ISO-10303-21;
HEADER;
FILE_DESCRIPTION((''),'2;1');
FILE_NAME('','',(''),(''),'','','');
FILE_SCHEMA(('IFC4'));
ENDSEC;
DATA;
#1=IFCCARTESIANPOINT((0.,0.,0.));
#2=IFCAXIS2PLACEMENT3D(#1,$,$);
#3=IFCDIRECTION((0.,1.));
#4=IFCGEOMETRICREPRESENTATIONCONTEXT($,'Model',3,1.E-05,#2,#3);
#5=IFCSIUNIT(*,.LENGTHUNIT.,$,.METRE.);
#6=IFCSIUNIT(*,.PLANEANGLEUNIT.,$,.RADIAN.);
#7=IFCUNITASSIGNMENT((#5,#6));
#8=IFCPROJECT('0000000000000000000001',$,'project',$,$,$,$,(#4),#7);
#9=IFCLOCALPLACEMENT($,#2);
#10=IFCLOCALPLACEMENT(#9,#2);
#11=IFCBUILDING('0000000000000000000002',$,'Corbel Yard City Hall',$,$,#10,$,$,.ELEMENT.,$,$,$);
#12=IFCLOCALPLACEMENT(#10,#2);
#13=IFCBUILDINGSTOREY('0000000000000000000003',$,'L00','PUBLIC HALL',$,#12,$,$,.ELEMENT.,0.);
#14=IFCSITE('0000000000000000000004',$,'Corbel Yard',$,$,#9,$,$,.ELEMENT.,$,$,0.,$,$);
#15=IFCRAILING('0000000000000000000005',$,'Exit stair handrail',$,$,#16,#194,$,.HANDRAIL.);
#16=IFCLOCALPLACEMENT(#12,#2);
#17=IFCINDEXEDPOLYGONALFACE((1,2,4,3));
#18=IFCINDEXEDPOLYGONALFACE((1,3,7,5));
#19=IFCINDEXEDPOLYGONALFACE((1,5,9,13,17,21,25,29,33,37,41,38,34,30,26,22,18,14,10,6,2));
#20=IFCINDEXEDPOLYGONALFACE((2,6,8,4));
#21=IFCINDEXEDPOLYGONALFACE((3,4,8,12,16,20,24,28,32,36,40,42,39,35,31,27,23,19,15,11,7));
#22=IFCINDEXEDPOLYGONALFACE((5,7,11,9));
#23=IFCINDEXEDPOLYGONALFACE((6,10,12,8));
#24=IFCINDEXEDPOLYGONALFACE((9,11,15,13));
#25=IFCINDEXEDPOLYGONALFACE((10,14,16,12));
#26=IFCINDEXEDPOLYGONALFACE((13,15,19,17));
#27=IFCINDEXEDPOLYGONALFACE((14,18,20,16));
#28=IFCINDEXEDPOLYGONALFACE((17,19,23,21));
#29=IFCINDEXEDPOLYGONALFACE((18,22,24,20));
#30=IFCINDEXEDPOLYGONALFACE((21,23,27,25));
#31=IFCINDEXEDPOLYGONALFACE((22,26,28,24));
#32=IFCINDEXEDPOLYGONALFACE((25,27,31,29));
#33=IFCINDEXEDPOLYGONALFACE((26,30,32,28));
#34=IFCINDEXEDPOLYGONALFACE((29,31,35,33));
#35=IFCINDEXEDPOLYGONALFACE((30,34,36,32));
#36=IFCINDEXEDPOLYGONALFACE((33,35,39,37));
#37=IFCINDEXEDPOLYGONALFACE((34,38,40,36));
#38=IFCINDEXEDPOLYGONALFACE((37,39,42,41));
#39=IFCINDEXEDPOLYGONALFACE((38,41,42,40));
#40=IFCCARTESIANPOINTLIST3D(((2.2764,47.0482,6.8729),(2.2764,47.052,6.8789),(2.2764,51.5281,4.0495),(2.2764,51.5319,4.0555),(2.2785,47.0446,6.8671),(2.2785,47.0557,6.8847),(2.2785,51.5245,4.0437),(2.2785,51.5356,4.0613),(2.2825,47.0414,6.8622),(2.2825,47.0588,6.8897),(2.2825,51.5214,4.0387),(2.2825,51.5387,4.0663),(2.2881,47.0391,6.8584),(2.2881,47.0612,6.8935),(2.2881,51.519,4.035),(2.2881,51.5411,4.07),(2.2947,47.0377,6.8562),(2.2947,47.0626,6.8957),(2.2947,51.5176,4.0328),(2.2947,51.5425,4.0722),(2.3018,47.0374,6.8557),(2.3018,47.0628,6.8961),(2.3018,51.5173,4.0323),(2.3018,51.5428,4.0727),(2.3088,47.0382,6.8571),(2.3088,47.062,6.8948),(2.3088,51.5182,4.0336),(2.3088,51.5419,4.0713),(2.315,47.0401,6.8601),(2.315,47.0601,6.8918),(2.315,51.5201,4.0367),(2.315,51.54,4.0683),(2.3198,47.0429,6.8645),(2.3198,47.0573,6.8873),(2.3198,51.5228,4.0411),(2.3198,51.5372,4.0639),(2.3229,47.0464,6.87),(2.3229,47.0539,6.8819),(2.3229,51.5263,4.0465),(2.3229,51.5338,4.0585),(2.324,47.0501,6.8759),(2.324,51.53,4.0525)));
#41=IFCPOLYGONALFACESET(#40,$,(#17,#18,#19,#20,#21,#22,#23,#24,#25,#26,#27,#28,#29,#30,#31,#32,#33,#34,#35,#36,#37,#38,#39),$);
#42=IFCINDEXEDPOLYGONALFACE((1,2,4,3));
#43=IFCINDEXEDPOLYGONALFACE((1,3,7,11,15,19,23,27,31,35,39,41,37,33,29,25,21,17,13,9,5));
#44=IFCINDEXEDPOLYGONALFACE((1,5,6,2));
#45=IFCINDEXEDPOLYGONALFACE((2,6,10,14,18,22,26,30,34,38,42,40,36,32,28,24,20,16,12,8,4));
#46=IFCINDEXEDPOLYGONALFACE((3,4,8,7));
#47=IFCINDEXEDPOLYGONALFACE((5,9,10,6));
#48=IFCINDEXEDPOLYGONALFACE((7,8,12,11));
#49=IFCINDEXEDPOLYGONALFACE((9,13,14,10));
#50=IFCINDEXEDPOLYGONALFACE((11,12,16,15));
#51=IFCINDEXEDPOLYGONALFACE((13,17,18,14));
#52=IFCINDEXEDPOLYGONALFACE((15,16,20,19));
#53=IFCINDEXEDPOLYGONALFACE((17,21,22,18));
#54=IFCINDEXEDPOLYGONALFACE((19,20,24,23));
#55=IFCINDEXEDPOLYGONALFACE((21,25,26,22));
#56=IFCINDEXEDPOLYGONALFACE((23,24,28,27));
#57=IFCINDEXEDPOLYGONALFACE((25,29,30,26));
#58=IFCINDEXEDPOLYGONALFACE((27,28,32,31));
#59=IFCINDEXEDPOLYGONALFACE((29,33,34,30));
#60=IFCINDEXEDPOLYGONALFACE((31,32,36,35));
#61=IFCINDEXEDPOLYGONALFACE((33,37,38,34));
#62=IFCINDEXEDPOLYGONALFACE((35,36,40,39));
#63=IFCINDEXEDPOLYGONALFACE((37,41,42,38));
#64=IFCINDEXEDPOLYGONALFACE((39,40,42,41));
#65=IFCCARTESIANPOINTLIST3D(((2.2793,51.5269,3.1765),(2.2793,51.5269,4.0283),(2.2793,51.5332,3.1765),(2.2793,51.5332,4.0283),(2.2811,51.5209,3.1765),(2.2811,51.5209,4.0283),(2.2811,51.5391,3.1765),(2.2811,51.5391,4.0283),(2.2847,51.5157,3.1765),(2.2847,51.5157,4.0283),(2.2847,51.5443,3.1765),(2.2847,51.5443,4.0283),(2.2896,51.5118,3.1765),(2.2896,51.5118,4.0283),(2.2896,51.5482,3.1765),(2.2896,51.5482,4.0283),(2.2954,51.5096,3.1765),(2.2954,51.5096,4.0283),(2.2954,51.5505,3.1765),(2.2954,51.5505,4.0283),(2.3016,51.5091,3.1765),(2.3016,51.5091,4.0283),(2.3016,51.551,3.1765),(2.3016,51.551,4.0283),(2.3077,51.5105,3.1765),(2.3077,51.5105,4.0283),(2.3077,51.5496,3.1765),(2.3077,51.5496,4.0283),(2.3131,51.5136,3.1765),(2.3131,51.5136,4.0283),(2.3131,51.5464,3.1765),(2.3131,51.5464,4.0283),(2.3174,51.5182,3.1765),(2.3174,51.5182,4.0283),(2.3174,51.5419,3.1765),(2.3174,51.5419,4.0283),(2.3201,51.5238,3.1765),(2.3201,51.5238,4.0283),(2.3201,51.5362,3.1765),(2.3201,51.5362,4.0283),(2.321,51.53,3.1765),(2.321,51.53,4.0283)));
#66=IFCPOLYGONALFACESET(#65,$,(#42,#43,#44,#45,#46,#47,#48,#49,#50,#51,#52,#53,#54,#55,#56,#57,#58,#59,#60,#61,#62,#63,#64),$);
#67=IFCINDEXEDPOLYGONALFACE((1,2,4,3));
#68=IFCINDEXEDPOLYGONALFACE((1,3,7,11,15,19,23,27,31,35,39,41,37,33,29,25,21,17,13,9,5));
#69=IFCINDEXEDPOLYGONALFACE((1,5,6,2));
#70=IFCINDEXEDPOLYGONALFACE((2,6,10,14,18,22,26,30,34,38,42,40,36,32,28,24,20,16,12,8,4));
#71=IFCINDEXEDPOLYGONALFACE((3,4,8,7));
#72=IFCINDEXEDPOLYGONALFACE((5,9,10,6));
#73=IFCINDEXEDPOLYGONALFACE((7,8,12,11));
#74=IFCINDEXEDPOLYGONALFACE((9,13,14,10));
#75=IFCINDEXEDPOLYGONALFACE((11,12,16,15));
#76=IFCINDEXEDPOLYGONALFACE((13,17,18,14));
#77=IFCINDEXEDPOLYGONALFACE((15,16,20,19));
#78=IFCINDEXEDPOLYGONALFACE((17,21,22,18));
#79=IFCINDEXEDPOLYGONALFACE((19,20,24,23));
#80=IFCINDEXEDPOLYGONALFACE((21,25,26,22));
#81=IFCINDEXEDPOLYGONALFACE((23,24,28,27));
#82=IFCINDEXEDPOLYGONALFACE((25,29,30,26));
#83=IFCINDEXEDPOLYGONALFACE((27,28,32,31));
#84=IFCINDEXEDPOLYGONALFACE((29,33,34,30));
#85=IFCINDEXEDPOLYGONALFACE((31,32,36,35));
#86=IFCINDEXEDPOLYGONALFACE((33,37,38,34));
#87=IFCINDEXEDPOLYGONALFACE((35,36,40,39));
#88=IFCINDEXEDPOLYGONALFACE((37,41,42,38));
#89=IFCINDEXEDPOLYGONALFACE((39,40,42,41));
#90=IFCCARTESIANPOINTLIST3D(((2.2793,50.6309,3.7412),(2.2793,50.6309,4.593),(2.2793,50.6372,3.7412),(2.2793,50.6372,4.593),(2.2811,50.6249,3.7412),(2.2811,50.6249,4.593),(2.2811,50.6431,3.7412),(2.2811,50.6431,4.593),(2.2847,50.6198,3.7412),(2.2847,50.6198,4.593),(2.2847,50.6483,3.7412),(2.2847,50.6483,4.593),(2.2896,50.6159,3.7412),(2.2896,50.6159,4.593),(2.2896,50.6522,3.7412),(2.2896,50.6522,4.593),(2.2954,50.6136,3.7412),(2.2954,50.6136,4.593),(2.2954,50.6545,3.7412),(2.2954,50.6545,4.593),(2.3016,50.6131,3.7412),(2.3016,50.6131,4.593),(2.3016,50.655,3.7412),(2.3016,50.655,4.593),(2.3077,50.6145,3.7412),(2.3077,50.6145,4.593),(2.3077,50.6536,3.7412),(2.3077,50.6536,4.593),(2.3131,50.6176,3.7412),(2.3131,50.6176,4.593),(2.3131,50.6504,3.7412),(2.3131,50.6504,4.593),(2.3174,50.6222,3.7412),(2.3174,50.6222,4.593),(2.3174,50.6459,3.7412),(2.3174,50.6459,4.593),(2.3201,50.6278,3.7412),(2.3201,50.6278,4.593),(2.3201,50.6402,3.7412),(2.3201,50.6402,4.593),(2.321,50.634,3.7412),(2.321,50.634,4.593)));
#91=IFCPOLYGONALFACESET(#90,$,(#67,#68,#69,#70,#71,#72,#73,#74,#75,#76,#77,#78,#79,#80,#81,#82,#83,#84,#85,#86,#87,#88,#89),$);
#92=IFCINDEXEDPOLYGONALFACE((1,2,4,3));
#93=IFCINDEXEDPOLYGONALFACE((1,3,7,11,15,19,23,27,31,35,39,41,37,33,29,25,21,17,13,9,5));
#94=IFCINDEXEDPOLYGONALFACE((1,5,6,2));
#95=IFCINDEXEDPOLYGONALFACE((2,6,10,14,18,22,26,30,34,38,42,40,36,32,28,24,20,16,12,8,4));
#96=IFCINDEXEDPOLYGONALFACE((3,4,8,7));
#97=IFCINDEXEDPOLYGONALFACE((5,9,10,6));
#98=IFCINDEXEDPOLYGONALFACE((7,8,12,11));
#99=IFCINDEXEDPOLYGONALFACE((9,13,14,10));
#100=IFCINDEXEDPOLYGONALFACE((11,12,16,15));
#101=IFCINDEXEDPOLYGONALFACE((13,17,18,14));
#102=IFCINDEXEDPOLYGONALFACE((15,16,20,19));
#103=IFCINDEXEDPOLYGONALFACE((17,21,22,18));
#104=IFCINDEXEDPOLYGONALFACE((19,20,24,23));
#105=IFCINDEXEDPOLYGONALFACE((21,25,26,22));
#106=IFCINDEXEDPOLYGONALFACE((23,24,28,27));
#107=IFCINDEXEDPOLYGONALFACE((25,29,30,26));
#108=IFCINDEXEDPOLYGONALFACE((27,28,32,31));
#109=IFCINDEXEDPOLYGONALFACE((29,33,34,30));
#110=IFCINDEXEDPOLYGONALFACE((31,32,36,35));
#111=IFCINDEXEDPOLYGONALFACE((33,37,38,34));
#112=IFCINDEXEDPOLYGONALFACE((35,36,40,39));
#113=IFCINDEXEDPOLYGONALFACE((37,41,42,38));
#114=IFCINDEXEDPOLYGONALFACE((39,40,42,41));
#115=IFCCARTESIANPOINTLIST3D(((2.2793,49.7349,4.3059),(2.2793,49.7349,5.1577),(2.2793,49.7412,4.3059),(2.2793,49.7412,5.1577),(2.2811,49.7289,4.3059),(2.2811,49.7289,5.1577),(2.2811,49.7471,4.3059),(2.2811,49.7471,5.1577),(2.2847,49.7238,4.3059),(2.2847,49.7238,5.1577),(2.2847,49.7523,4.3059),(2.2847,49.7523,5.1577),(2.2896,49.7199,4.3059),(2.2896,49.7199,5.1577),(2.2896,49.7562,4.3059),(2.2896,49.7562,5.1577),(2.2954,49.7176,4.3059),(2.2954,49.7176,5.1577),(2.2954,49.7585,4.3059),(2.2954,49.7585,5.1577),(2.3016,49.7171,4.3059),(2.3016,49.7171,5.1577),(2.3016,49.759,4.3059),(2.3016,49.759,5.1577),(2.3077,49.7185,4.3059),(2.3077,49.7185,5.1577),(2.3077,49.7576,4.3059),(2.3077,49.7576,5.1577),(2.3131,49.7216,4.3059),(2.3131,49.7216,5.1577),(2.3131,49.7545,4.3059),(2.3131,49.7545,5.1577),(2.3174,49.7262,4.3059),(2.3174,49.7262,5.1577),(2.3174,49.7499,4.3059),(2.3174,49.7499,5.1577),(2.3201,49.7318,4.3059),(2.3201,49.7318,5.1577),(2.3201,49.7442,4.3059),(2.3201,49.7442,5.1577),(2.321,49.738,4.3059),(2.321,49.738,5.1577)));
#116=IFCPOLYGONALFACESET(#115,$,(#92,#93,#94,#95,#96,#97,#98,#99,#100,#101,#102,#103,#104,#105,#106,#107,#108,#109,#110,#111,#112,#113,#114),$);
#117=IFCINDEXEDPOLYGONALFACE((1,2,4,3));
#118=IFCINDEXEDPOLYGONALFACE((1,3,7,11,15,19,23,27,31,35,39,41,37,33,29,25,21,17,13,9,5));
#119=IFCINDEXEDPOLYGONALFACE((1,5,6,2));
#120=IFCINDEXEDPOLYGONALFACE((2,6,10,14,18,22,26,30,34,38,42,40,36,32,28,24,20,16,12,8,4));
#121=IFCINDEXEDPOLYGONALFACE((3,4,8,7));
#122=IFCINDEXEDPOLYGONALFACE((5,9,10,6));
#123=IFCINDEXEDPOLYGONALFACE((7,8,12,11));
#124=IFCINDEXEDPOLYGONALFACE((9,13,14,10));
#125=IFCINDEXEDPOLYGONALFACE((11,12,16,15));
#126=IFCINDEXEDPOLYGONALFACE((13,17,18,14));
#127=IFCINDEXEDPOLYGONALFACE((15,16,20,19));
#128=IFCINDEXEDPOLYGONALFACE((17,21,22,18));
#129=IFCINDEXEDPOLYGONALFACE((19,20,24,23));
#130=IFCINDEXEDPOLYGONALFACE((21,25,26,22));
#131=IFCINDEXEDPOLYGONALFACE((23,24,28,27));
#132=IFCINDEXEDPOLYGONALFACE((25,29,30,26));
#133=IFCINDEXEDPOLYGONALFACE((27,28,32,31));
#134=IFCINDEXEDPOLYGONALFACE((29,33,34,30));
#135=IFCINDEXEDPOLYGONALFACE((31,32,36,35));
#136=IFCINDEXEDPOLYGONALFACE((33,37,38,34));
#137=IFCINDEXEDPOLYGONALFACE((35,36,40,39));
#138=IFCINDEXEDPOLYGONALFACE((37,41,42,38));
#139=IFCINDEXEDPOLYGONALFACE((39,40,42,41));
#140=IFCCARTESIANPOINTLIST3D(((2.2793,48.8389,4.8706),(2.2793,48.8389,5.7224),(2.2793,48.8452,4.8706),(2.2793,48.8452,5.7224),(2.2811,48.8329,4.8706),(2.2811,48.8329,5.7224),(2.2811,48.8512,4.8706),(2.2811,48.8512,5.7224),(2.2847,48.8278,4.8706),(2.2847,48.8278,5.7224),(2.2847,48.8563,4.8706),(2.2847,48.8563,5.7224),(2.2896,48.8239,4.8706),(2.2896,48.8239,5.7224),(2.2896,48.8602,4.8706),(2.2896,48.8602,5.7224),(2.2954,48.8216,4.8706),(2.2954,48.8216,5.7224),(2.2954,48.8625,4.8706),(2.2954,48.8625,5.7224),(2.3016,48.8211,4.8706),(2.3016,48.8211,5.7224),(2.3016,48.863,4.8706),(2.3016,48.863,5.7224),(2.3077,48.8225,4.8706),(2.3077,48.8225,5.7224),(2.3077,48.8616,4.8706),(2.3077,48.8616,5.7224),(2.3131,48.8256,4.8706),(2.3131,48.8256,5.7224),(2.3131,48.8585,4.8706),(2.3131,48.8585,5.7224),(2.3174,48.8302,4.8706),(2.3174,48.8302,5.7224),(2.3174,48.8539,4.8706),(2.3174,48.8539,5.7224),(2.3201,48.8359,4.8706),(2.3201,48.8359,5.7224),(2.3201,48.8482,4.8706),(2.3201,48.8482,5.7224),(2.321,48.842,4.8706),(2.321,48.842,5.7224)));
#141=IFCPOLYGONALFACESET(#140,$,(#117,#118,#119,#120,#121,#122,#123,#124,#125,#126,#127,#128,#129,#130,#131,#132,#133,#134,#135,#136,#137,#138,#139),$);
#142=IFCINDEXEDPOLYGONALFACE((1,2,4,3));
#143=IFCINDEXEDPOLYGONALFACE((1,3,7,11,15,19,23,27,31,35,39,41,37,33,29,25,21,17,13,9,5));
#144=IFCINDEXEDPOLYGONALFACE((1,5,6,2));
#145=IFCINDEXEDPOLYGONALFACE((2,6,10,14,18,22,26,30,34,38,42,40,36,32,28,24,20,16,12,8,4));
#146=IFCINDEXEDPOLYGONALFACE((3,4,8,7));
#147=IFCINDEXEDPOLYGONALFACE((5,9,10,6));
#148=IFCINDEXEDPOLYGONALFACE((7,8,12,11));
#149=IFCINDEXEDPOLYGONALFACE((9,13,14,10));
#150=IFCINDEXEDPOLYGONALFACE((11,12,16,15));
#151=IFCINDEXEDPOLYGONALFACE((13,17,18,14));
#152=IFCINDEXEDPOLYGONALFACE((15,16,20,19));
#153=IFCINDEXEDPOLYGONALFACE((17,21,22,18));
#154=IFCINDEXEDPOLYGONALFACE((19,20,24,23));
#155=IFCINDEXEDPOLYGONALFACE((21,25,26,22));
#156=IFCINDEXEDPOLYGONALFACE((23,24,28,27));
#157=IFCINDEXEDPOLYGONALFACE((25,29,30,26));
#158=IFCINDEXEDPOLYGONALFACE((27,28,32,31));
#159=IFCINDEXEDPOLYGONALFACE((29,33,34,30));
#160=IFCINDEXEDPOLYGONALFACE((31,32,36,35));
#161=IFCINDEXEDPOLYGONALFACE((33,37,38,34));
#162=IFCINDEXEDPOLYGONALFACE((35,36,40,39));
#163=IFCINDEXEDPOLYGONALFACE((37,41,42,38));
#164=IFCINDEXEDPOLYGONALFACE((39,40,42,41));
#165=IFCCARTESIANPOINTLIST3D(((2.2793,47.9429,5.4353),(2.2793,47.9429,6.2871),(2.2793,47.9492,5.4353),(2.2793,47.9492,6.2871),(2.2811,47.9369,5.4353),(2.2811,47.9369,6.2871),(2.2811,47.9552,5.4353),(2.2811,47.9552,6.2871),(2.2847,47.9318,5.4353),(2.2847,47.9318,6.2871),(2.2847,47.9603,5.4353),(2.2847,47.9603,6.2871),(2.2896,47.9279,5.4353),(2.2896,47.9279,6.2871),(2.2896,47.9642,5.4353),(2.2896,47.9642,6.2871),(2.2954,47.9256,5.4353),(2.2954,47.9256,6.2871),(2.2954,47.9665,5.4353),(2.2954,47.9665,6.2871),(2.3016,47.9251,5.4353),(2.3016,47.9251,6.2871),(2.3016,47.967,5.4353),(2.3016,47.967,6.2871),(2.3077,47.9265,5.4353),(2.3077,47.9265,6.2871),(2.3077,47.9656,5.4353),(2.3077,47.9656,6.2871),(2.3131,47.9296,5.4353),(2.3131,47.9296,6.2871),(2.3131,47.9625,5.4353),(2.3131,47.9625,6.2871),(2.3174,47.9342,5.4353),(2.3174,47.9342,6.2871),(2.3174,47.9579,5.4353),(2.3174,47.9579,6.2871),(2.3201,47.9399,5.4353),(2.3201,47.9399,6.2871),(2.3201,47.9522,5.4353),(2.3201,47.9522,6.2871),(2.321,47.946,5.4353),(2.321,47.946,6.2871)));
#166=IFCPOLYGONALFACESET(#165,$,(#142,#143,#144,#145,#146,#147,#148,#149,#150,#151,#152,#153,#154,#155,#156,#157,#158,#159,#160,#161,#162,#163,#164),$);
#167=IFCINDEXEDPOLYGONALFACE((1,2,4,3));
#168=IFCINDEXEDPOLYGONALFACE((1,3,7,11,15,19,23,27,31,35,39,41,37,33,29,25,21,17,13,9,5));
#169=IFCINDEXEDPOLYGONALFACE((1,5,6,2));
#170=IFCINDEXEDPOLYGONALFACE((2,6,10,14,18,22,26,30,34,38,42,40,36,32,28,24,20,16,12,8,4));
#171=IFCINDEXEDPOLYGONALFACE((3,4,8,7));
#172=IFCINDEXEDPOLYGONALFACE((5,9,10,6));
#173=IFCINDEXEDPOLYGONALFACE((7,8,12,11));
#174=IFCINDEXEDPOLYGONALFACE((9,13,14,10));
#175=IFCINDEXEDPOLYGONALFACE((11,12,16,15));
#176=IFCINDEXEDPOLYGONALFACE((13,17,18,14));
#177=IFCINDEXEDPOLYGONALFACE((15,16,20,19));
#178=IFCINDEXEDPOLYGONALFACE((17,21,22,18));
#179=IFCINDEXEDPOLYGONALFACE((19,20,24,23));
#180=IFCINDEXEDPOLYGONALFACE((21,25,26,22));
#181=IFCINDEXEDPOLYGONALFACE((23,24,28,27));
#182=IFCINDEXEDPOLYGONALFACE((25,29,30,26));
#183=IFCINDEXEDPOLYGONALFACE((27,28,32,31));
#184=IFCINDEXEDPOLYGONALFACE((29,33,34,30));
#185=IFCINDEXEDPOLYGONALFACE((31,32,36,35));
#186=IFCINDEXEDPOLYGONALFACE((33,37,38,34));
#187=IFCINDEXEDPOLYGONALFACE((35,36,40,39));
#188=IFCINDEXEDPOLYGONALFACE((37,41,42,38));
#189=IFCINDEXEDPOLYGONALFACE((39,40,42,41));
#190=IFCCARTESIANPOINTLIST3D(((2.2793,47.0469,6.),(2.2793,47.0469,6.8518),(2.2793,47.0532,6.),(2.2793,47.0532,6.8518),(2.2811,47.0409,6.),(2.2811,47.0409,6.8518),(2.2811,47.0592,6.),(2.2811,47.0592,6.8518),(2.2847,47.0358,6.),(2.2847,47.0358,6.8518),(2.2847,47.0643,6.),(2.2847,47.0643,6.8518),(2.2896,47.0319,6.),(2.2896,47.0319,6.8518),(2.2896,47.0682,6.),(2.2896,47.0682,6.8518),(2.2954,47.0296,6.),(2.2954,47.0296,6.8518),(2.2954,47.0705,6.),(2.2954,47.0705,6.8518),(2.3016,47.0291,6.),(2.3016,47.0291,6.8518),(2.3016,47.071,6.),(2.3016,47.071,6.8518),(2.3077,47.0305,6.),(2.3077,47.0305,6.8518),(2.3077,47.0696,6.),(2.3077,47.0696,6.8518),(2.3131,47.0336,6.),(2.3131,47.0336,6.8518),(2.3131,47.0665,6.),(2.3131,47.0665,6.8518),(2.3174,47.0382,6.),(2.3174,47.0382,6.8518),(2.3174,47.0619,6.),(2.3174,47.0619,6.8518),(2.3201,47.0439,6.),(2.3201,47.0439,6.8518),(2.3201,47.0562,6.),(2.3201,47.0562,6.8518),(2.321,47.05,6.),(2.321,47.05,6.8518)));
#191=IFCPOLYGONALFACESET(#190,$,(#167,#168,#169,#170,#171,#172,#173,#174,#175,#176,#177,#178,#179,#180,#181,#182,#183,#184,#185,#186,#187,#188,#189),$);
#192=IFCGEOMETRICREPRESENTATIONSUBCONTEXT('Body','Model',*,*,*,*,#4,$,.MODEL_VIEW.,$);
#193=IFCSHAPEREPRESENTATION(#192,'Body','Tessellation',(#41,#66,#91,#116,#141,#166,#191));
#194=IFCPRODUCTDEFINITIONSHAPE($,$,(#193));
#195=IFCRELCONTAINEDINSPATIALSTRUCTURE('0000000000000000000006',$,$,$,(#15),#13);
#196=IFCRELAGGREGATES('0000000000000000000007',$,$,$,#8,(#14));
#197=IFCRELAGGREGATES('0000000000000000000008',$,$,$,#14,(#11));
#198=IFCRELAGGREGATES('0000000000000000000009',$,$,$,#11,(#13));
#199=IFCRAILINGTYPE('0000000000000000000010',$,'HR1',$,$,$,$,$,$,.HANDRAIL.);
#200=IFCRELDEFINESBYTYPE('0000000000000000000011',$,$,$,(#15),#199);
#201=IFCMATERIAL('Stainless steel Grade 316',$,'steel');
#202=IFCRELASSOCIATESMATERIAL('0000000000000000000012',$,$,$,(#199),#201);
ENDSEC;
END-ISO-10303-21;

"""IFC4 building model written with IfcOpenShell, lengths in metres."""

from ifc_helpers import new_model, si_unit, direction, frame, origin, origin_2d, place, context, subcontext, project, spatial, circle, extrude, material, type_object, element, save


model = new_model("IFC4")

# Units and contexts
model_context = context("Model", 3, precision=1e-05, world=origin(), true_north=direction((0.0, 1.0)))
body_context = subcontext(model_context, "Body", "Model", "MODEL_VIEW")
ifc_project = project(units=[si_unit("LENGTHUNIT", "METRE"), si_unit("PLANEANGLEUNIT", "RADIAN")], contexts=[model_context])

# Site, building, storey
site_placement = place(None, origin())
site = spatial("IfcSite", under=ifc_project, at=site_placement, Name="Corbel Yard", CompositionType="ELEMENT", RefElevation=0.0)
building_placement = place(site_placement, origin())
building = spatial("IfcBuilding", under=site, at=building_placement, Name="Corbel Yard City Hall", CompositionType="ELEMENT")
storey_placement = place(building_placement, origin())
storey = spatial("IfcBuildingStorey", under=building, at=storey_placement, Name="L00", Description="PUBLIC HALL", CompositionType="ELEMENT", Elevation=0.0)

# Shared definitions
ifc_material_1 = material(Name="Stainless steel Grade 316", Category="steel")

# Railing
railing_type = type_object("IfcRailingType", Name="HR1", PredefinedType="HANDRAIL", material=ifc_material_1)
for number, where, name in (
    (1, (2.3, 51.53, 3.1765), "Exit stair handrail"),
):
    element("IfcRailing", number, at=place(storey_placement, frame(where)), inside=storey, type_object=railing_type, Name=name, PredefinedType="HANDRAIL", context=body_context, shape_type="SweptSolid", body=[
        extrude(circle(Radius=0.0239, at=origin_2d()), frame((0.0, 0.0, 0.876), z_axis=(0.0, -0.845998, 0.533186), x_axis=(1.0, 0.0, 0.0)), (0.0, 0.0, 1.0), 5.2954),
        extrude(circle(Radius=0.021, at=origin_2d()), origin(), (0.0, 0.0, 1.0), 0.8518),
        extrude(circle(Radius=0.021, at=origin_2d()), frame((0.0, -0.896, 0.5647)), (0.0, 0.0, 1.0), 0.8518),
        extrude(circle(Radius=0.021, at=origin_2d()), frame((0.0, -1.792, 1.1294)), (0.0, 0.0, 1.0), 0.8518),
        extrude(circle(Radius=0.021, at=origin_2d()), frame((0.0, -2.688, 1.6941)), (0.0, 0.0, 1.0), 0.8518),
        extrude(circle(Radius=0.021, at=origin_2d()), frame((0.0, -3.584, 2.2588)), (0.0, 0.0, 1.0), 0.8518),
        extrude(circle(Radius=0.021, at=origin_2d()), frame((0.0, -4.48, 2.8235)), (0.0, 0.0, 1.0), 0.8518),
    ])

save(model, "model.ifc")
